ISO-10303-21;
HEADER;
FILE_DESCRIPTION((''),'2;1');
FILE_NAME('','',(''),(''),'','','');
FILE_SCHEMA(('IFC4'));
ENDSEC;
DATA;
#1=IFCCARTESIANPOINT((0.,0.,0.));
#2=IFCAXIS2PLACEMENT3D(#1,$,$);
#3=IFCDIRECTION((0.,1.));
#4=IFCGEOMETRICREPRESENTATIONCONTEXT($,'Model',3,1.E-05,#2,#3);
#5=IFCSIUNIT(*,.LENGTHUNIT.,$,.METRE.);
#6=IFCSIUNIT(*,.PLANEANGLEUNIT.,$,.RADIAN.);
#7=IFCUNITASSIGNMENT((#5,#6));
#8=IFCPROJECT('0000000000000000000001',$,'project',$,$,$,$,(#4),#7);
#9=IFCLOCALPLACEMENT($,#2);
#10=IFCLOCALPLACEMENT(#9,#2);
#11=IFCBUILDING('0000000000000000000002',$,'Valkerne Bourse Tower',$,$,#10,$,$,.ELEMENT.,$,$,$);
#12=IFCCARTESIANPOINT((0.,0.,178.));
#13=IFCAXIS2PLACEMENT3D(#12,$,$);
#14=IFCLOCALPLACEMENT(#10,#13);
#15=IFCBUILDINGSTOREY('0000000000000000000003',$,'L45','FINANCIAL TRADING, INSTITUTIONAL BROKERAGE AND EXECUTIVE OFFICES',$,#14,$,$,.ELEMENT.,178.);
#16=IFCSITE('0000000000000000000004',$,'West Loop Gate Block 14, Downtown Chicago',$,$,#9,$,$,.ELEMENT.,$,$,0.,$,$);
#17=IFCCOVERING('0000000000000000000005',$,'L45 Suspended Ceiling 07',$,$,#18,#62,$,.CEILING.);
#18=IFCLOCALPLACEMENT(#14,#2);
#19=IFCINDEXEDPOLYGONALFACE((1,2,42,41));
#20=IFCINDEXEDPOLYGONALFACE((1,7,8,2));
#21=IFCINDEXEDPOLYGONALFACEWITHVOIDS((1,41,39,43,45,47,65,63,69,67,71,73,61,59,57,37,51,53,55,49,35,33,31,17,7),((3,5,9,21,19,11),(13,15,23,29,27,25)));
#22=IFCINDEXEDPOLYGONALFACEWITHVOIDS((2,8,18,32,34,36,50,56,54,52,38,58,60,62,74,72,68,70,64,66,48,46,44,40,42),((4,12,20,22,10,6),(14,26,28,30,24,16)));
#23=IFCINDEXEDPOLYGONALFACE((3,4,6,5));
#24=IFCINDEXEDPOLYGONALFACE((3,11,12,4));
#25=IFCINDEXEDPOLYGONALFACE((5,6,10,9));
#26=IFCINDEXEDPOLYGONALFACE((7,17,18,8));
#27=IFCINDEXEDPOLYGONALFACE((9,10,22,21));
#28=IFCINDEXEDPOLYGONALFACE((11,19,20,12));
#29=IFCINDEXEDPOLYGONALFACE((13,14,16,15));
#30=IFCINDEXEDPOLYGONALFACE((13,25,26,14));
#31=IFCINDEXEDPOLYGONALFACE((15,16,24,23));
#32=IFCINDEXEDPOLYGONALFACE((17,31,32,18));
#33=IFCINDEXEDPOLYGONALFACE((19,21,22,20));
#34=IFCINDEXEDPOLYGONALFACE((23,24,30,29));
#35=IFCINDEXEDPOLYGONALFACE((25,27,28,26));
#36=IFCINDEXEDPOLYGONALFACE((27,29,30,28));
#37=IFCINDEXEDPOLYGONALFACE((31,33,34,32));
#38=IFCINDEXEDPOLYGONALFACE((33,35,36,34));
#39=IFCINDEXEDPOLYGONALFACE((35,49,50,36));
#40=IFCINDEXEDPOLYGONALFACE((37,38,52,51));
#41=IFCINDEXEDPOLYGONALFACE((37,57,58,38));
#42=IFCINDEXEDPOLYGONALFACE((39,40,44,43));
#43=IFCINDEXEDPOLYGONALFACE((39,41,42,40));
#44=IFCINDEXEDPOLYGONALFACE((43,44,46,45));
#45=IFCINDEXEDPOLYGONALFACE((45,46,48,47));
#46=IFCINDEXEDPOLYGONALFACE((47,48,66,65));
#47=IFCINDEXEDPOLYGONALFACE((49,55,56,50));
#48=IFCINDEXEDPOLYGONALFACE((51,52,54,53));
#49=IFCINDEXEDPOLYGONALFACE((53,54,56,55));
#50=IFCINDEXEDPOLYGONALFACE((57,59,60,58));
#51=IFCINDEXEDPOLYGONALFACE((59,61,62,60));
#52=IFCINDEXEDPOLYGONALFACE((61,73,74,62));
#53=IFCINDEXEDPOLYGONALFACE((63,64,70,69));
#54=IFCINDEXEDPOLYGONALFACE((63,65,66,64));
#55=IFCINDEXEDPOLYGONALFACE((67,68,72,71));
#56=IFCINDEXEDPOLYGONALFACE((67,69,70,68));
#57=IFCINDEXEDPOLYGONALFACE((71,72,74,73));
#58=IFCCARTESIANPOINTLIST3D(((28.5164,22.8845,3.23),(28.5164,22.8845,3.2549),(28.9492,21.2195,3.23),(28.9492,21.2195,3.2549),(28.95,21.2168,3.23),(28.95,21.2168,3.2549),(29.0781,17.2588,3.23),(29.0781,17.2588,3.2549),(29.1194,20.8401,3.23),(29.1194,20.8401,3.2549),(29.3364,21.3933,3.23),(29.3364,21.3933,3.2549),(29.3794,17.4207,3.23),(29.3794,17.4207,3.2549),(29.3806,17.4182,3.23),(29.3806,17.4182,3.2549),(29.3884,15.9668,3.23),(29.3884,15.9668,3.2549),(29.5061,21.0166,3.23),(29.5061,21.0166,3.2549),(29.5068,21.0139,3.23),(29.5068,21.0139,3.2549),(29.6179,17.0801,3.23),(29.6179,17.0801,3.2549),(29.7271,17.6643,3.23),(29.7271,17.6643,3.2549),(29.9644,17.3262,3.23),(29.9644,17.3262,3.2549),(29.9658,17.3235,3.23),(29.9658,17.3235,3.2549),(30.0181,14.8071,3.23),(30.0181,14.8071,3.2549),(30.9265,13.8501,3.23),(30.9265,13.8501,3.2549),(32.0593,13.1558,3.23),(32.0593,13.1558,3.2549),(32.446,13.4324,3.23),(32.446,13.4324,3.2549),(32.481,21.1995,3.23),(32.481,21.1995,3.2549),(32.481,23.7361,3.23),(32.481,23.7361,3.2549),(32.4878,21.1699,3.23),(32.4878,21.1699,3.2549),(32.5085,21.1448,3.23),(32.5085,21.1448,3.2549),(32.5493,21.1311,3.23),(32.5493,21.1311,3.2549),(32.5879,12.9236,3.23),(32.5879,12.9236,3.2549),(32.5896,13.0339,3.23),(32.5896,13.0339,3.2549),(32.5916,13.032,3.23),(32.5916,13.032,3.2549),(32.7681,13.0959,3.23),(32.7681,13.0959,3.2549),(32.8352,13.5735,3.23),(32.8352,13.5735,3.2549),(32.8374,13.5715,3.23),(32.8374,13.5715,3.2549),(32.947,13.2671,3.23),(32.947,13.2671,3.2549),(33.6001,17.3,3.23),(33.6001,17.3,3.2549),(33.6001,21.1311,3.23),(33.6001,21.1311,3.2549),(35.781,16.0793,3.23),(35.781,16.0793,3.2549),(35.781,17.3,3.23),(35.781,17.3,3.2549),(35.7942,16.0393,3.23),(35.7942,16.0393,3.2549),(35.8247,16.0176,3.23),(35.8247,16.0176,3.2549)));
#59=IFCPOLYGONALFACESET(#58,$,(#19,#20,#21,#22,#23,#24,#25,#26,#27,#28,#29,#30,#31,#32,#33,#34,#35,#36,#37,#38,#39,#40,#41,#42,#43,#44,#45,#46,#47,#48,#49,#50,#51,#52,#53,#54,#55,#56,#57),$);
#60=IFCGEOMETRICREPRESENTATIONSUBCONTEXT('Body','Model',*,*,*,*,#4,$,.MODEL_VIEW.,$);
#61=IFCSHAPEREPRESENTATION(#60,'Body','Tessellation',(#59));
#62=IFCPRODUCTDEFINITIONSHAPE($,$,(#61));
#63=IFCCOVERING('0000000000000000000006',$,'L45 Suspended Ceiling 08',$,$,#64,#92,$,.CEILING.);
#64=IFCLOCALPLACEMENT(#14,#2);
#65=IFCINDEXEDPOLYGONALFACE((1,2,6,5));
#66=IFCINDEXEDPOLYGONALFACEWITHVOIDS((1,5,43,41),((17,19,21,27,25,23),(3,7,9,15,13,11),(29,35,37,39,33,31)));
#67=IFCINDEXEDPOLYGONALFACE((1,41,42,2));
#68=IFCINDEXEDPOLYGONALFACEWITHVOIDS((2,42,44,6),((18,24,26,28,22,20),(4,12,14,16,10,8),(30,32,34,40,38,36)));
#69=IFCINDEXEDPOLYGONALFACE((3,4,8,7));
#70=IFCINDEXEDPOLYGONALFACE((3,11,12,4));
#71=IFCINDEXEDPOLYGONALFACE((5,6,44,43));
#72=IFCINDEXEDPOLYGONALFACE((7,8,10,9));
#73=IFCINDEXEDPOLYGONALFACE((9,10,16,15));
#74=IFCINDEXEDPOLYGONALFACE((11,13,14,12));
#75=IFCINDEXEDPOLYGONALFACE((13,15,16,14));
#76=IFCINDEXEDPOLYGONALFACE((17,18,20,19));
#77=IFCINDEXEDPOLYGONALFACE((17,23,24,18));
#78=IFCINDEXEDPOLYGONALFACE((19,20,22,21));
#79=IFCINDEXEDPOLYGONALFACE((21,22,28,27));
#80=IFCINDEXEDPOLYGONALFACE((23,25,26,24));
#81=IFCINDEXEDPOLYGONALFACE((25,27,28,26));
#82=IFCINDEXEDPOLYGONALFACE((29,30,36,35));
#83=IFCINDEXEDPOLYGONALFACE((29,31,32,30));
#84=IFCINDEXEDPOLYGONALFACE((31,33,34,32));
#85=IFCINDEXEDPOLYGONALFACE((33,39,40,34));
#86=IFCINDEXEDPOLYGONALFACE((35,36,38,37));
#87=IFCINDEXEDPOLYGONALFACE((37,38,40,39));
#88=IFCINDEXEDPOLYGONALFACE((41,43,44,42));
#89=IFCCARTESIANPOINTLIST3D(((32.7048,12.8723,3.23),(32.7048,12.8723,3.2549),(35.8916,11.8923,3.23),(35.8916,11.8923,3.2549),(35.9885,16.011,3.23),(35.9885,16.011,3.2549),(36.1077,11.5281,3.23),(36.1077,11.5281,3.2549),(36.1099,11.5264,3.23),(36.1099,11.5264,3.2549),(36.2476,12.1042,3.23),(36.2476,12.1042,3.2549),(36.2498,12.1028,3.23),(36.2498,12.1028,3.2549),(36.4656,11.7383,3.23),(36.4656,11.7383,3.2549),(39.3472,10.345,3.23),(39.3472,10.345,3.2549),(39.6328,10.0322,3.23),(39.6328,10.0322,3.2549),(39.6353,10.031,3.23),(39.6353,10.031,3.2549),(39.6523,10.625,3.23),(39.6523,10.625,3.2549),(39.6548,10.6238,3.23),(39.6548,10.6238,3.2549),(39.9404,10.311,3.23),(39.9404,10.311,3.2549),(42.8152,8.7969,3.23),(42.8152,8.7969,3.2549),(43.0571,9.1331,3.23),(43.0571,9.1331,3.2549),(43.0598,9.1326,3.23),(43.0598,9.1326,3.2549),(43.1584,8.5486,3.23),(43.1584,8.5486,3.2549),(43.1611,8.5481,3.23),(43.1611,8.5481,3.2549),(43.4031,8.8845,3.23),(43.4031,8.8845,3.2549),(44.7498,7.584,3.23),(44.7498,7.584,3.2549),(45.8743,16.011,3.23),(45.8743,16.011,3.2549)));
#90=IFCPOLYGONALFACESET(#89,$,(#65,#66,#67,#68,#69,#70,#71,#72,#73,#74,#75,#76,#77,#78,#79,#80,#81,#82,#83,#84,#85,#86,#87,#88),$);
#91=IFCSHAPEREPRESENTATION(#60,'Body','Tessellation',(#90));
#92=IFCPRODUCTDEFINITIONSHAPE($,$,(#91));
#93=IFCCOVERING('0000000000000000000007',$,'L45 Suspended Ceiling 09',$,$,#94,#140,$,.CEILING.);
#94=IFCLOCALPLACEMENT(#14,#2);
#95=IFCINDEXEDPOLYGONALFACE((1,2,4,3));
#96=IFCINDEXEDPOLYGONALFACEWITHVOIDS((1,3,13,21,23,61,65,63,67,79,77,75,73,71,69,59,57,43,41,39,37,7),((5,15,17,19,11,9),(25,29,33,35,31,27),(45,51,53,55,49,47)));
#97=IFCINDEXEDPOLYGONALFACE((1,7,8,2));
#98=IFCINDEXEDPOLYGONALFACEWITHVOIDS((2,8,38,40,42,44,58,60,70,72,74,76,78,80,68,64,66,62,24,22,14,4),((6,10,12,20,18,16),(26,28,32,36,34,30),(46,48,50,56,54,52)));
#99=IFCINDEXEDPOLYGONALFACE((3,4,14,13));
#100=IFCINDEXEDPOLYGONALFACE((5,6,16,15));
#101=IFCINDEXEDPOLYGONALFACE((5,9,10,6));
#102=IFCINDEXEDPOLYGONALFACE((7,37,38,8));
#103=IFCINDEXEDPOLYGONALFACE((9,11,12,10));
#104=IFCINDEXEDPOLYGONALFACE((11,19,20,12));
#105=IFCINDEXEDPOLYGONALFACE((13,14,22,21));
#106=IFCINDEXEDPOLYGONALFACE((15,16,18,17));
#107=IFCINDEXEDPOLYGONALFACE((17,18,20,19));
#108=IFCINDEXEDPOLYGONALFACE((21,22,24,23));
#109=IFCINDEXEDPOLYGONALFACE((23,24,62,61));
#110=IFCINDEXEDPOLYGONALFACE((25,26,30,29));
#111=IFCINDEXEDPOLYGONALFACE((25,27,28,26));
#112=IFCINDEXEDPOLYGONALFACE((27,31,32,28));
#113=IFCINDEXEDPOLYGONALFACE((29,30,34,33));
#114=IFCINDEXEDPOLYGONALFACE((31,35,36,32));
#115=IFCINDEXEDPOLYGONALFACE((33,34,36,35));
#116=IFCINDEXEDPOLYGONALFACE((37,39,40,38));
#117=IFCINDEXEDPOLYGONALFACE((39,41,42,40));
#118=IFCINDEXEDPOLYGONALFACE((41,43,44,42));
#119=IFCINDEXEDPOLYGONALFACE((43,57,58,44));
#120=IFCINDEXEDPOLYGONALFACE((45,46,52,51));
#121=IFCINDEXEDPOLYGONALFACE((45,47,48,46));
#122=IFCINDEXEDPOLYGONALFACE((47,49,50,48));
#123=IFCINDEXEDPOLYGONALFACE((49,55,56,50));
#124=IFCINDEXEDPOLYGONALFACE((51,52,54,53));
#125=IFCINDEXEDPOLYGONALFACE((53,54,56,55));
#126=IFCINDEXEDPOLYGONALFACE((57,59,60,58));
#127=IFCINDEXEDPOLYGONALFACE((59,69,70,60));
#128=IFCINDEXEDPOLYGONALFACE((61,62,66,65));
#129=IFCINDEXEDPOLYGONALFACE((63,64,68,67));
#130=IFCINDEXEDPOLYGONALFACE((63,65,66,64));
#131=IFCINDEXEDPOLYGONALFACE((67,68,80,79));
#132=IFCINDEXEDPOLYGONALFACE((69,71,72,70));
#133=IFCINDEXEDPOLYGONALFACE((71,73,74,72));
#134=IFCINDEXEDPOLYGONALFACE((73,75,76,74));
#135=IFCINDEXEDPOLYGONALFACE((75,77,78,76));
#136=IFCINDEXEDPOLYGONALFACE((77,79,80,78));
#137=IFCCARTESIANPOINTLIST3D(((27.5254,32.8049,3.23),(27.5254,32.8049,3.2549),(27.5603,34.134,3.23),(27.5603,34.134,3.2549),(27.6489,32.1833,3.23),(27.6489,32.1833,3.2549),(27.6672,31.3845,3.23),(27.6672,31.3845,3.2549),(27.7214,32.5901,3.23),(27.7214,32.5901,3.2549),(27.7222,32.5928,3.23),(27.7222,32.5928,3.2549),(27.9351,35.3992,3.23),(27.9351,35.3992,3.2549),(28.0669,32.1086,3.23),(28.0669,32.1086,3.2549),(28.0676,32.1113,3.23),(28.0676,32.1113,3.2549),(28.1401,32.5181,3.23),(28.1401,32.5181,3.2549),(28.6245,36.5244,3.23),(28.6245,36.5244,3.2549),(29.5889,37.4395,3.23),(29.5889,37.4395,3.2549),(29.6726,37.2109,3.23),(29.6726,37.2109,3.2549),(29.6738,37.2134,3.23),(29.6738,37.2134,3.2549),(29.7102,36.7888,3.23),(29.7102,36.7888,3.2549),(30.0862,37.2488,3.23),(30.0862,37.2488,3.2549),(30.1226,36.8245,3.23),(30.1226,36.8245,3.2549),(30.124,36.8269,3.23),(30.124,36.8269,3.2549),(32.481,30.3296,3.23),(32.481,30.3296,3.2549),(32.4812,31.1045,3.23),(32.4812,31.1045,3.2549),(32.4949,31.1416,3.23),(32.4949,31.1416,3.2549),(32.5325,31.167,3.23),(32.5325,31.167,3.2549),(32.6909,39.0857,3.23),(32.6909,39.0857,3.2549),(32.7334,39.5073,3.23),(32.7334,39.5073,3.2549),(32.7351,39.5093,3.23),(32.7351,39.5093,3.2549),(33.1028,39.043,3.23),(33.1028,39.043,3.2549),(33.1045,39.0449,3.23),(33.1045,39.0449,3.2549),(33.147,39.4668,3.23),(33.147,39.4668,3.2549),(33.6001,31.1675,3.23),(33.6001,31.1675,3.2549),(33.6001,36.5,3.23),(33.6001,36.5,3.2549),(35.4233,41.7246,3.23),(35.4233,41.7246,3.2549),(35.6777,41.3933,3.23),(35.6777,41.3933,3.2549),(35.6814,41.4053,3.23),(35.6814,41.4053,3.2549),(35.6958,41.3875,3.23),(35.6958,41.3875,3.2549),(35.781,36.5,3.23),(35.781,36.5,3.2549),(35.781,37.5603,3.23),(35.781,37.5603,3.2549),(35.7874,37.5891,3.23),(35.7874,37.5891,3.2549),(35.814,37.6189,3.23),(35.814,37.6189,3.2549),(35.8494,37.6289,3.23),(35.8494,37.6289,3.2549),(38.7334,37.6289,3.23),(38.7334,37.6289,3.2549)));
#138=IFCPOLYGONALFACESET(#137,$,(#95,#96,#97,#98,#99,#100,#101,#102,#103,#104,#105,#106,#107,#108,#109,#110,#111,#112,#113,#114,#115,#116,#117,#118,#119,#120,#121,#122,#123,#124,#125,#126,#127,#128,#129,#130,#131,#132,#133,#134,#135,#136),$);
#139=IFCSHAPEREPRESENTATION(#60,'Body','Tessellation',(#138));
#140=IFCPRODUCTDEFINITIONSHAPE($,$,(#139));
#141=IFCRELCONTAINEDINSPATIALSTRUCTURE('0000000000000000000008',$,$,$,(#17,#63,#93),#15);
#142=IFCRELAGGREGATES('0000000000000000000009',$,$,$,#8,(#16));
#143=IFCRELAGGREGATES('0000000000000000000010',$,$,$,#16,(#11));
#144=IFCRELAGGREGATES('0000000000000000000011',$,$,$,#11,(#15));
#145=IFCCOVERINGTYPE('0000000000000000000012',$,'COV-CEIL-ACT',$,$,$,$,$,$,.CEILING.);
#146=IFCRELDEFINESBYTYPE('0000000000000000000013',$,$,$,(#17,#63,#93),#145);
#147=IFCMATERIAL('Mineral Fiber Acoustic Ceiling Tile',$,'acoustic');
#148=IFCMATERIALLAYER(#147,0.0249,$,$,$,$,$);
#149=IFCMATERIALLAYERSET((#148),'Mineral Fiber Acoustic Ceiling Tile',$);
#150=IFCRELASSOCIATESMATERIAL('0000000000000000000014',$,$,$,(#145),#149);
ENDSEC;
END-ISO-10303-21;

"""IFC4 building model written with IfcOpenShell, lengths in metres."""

from ifc_helpers import new_model, si_unit, direction, frame, origin, place, context, subcontext, project, spatial, polyline, outline, extrude, material, layer, layer_set, type_object, element, save


model = new_model("IFC4")

# Units and contexts
model_context = context("Model", 3, precision=1e-05, world=origin(), true_north=direction((0.0, 1.0)))
body_context = subcontext(model_context, "Body", "Model", "MODEL_VIEW")
ifc_project = project(units=[si_unit("LENGTHUNIT", "METRE"), si_unit("PLANEANGLEUNIT", "RADIAN")], contexts=[model_context])

# Site, building, storey
site_placement = place(None, origin())
site = spatial("IfcSite", under=ifc_project, at=site_placement, Name="West Loop Gate Block 14, Downtown Chicago", CompositionType="ELEMENT", RefElevation=0.0)
building_placement = place(site_placement, origin())
building = spatial("IfcBuilding", under=site, at=building_placement, Name="Valkerne Bourse Tower", CompositionType="ELEMENT")
storey_placement = place(building_placement, frame((0.0, 0.0, 178.0)))
storey = spatial("IfcBuildingStorey", under=building, at=storey_placement, Name="L45", Description="FINANCIAL TRADING, INSTITUTIONAL BROKERAGE AND EXECUTIVE OFFICES", CompositionType="ELEMENT", Elevation=178.0)

# Coverings
ifc_material_1 = material(Name="Mineral Fiber Acoustic Ceiling Tile", Category="acoustic")
ifc_layer_1 = layer(ifc_material_1, 0.0249)
ifc_layer_set_1 = layer_set([ifc_layer_1], Name="Mineral Fiber Acoustic Ceiling Tile")
covering_type_1 = type_object("IfcCoveringType", Name="COV-CEIL-ACT", PredefinedType="CEILING", material=ifc_layer_set_1)
covering_1_placement = place(storey_placement, frame((0.0, 0.0, 3.23)))
element("IfcCovering", 1, at=covering_1_placement, inside=storey, type_object=covering_type_1, Name="L45 Suspended Ceiling 07", PredefinedType="CEILING", context=body_context, shape_type="SweptSolid", body=[
    extrude(outline(polyline([(30.0181, 14.8071), (29.3884, 15.9668), (29.0781, 17.2588), (28.5164, 22.8845), (32.481, 23.7361), (32.481, 21.1995), (32.4878, 21.1699), (32.5085, 21.1448), (32.5493, 21.1311), (33.6001, 21.1311), (33.6001, 17.3), (35.781, 17.3), (35.781, 16.0793), (35.7942, 16.0393), (35.8247, 16.0176), (32.947, 13.2671), (32.8374, 13.5715), (32.8352, 13.5735), (32.446, 13.4324), (32.5896, 13.0339), (32.5916, 13.032), (32.7681, 13.0959), (32.5879, 12.9236), (32.0593, 13.1558), (30.9265, 13.8501), (30.0181, 14.8071)]), holes=[polyline([(29.9658, 17.3235), (29.9644, 17.3262), (29.7271, 17.6643), (29.3794, 17.4207), (29.3806, 17.4182), (29.6179, 17.0801), (29.9658, 17.3235)]), polyline([(29.5068, 21.0139), (29.5061, 21.0166), (29.3364, 21.3933), (28.9492, 21.2195), (28.95, 21.2168), (29.1194, 20.8401), (29.5068, 21.0139)])]), origin(), (0.0, 0.0, 1.0), 0.0249),
])
covering_2_placement = place(storey_placement, frame((0.0, 0.0, 3.23)))
element("IfcCovering", 2, at=covering_2_placement, inside=storey, type_object=covering_type_1, Name="L45 Suspended Ceiling 08", PredefinedType="CEILING", context=body_context, shape_type="SweptSolid", body=[
    extrude(outline(polyline([(45.8743, 16.011), (44.7498, 7.584), (32.7048, 12.8723), (35.9885, 16.011), (45.8743, 16.011)]), holes=[polyline([(36.2498, 12.1028), (36.2476, 12.1042), (35.8916, 11.8923), (36.1077, 11.5281), (36.1099, 11.5264), (36.4656, 11.7383), (36.2498, 12.1028)]), polyline([(43.0598, 9.1326), (43.0571, 9.1331), (42.8152, 8.7969), (43.1584, 8.5486), (43.1611, 8.5481), (43.4031, 8.8845), (43.0598, 9.1326)]), polyline([(39.9404, 10.311), (39.6548, 10.6238), (39.6523, 10.625), (39.3472, 10.345), (39.6328, 10.0322), (39.6353, 10.031), (39.9404, 10.311)])]), origin(), (0.0, 0.0, 1.0), 0.0249),
])
covering_3_placement = place(storey_placement, frame((0.0, 0.0, 3.23)))
element("IfcCovering", 3, at=covering_3_placement, inside=storey, type_object=covering_type_1, Name="L45 Suspended Ceiling 09", PredefinedType="CEILING", context=body_context, shape_type="SweptSolid", body=[
    extrude(outline(polyline([(27.9351, 35.3992), (28.6245, 36.5244), (29.5889, 37.4395), (35.4233, 41.7246), (35.6814, 41.4053), (35.6777, 41.3933), (35.6958, 41.3875), (38.7334, 37.6289), (35.8494, 37.6289), (35.814, 37.6189), (35.7874, 37.5891), (35.781, 37.5603), (35.781, 36.5), (33.6001, 36.5), (33.6001, 31.1675), (32.5325, 31.167), (32.4949, 31.1416), (32.4812, 31.1045), (32.481, 30.3296), (27.6672, 31.3845), (27.5254, 32.8049), (27.5603, 34.134), (27.9351, 35.3992)]), holes=[polyline([(28.1401, 32.5181), (27.7222, 32.5928), (27.7214, 32.5901), (27.6489, 32.1833), (28.0669, 32.1086), (28.0676, 32.1113), (28.1401, 32.5181)]), polyline([(30.124, 36.8269), (30.0862, 37.2488), (29.6738, 37.2134), (29.6726, 37.2109), (29.7102, 36.7888), (30.1226, 36.8245), (30.124, 36.8269)]), polyline([(33.147, 39.4668), (32.7351, 39.5093), (32.7334, 39.5073), (32.6909, 39.0857), (33.1028, 39.043), (33.1045, 39.0449), (33.147, 39.4668)])]), origin(), (0.0, 0.0, 1.0), 0.0249),
])

save(model, "model.ifc")
